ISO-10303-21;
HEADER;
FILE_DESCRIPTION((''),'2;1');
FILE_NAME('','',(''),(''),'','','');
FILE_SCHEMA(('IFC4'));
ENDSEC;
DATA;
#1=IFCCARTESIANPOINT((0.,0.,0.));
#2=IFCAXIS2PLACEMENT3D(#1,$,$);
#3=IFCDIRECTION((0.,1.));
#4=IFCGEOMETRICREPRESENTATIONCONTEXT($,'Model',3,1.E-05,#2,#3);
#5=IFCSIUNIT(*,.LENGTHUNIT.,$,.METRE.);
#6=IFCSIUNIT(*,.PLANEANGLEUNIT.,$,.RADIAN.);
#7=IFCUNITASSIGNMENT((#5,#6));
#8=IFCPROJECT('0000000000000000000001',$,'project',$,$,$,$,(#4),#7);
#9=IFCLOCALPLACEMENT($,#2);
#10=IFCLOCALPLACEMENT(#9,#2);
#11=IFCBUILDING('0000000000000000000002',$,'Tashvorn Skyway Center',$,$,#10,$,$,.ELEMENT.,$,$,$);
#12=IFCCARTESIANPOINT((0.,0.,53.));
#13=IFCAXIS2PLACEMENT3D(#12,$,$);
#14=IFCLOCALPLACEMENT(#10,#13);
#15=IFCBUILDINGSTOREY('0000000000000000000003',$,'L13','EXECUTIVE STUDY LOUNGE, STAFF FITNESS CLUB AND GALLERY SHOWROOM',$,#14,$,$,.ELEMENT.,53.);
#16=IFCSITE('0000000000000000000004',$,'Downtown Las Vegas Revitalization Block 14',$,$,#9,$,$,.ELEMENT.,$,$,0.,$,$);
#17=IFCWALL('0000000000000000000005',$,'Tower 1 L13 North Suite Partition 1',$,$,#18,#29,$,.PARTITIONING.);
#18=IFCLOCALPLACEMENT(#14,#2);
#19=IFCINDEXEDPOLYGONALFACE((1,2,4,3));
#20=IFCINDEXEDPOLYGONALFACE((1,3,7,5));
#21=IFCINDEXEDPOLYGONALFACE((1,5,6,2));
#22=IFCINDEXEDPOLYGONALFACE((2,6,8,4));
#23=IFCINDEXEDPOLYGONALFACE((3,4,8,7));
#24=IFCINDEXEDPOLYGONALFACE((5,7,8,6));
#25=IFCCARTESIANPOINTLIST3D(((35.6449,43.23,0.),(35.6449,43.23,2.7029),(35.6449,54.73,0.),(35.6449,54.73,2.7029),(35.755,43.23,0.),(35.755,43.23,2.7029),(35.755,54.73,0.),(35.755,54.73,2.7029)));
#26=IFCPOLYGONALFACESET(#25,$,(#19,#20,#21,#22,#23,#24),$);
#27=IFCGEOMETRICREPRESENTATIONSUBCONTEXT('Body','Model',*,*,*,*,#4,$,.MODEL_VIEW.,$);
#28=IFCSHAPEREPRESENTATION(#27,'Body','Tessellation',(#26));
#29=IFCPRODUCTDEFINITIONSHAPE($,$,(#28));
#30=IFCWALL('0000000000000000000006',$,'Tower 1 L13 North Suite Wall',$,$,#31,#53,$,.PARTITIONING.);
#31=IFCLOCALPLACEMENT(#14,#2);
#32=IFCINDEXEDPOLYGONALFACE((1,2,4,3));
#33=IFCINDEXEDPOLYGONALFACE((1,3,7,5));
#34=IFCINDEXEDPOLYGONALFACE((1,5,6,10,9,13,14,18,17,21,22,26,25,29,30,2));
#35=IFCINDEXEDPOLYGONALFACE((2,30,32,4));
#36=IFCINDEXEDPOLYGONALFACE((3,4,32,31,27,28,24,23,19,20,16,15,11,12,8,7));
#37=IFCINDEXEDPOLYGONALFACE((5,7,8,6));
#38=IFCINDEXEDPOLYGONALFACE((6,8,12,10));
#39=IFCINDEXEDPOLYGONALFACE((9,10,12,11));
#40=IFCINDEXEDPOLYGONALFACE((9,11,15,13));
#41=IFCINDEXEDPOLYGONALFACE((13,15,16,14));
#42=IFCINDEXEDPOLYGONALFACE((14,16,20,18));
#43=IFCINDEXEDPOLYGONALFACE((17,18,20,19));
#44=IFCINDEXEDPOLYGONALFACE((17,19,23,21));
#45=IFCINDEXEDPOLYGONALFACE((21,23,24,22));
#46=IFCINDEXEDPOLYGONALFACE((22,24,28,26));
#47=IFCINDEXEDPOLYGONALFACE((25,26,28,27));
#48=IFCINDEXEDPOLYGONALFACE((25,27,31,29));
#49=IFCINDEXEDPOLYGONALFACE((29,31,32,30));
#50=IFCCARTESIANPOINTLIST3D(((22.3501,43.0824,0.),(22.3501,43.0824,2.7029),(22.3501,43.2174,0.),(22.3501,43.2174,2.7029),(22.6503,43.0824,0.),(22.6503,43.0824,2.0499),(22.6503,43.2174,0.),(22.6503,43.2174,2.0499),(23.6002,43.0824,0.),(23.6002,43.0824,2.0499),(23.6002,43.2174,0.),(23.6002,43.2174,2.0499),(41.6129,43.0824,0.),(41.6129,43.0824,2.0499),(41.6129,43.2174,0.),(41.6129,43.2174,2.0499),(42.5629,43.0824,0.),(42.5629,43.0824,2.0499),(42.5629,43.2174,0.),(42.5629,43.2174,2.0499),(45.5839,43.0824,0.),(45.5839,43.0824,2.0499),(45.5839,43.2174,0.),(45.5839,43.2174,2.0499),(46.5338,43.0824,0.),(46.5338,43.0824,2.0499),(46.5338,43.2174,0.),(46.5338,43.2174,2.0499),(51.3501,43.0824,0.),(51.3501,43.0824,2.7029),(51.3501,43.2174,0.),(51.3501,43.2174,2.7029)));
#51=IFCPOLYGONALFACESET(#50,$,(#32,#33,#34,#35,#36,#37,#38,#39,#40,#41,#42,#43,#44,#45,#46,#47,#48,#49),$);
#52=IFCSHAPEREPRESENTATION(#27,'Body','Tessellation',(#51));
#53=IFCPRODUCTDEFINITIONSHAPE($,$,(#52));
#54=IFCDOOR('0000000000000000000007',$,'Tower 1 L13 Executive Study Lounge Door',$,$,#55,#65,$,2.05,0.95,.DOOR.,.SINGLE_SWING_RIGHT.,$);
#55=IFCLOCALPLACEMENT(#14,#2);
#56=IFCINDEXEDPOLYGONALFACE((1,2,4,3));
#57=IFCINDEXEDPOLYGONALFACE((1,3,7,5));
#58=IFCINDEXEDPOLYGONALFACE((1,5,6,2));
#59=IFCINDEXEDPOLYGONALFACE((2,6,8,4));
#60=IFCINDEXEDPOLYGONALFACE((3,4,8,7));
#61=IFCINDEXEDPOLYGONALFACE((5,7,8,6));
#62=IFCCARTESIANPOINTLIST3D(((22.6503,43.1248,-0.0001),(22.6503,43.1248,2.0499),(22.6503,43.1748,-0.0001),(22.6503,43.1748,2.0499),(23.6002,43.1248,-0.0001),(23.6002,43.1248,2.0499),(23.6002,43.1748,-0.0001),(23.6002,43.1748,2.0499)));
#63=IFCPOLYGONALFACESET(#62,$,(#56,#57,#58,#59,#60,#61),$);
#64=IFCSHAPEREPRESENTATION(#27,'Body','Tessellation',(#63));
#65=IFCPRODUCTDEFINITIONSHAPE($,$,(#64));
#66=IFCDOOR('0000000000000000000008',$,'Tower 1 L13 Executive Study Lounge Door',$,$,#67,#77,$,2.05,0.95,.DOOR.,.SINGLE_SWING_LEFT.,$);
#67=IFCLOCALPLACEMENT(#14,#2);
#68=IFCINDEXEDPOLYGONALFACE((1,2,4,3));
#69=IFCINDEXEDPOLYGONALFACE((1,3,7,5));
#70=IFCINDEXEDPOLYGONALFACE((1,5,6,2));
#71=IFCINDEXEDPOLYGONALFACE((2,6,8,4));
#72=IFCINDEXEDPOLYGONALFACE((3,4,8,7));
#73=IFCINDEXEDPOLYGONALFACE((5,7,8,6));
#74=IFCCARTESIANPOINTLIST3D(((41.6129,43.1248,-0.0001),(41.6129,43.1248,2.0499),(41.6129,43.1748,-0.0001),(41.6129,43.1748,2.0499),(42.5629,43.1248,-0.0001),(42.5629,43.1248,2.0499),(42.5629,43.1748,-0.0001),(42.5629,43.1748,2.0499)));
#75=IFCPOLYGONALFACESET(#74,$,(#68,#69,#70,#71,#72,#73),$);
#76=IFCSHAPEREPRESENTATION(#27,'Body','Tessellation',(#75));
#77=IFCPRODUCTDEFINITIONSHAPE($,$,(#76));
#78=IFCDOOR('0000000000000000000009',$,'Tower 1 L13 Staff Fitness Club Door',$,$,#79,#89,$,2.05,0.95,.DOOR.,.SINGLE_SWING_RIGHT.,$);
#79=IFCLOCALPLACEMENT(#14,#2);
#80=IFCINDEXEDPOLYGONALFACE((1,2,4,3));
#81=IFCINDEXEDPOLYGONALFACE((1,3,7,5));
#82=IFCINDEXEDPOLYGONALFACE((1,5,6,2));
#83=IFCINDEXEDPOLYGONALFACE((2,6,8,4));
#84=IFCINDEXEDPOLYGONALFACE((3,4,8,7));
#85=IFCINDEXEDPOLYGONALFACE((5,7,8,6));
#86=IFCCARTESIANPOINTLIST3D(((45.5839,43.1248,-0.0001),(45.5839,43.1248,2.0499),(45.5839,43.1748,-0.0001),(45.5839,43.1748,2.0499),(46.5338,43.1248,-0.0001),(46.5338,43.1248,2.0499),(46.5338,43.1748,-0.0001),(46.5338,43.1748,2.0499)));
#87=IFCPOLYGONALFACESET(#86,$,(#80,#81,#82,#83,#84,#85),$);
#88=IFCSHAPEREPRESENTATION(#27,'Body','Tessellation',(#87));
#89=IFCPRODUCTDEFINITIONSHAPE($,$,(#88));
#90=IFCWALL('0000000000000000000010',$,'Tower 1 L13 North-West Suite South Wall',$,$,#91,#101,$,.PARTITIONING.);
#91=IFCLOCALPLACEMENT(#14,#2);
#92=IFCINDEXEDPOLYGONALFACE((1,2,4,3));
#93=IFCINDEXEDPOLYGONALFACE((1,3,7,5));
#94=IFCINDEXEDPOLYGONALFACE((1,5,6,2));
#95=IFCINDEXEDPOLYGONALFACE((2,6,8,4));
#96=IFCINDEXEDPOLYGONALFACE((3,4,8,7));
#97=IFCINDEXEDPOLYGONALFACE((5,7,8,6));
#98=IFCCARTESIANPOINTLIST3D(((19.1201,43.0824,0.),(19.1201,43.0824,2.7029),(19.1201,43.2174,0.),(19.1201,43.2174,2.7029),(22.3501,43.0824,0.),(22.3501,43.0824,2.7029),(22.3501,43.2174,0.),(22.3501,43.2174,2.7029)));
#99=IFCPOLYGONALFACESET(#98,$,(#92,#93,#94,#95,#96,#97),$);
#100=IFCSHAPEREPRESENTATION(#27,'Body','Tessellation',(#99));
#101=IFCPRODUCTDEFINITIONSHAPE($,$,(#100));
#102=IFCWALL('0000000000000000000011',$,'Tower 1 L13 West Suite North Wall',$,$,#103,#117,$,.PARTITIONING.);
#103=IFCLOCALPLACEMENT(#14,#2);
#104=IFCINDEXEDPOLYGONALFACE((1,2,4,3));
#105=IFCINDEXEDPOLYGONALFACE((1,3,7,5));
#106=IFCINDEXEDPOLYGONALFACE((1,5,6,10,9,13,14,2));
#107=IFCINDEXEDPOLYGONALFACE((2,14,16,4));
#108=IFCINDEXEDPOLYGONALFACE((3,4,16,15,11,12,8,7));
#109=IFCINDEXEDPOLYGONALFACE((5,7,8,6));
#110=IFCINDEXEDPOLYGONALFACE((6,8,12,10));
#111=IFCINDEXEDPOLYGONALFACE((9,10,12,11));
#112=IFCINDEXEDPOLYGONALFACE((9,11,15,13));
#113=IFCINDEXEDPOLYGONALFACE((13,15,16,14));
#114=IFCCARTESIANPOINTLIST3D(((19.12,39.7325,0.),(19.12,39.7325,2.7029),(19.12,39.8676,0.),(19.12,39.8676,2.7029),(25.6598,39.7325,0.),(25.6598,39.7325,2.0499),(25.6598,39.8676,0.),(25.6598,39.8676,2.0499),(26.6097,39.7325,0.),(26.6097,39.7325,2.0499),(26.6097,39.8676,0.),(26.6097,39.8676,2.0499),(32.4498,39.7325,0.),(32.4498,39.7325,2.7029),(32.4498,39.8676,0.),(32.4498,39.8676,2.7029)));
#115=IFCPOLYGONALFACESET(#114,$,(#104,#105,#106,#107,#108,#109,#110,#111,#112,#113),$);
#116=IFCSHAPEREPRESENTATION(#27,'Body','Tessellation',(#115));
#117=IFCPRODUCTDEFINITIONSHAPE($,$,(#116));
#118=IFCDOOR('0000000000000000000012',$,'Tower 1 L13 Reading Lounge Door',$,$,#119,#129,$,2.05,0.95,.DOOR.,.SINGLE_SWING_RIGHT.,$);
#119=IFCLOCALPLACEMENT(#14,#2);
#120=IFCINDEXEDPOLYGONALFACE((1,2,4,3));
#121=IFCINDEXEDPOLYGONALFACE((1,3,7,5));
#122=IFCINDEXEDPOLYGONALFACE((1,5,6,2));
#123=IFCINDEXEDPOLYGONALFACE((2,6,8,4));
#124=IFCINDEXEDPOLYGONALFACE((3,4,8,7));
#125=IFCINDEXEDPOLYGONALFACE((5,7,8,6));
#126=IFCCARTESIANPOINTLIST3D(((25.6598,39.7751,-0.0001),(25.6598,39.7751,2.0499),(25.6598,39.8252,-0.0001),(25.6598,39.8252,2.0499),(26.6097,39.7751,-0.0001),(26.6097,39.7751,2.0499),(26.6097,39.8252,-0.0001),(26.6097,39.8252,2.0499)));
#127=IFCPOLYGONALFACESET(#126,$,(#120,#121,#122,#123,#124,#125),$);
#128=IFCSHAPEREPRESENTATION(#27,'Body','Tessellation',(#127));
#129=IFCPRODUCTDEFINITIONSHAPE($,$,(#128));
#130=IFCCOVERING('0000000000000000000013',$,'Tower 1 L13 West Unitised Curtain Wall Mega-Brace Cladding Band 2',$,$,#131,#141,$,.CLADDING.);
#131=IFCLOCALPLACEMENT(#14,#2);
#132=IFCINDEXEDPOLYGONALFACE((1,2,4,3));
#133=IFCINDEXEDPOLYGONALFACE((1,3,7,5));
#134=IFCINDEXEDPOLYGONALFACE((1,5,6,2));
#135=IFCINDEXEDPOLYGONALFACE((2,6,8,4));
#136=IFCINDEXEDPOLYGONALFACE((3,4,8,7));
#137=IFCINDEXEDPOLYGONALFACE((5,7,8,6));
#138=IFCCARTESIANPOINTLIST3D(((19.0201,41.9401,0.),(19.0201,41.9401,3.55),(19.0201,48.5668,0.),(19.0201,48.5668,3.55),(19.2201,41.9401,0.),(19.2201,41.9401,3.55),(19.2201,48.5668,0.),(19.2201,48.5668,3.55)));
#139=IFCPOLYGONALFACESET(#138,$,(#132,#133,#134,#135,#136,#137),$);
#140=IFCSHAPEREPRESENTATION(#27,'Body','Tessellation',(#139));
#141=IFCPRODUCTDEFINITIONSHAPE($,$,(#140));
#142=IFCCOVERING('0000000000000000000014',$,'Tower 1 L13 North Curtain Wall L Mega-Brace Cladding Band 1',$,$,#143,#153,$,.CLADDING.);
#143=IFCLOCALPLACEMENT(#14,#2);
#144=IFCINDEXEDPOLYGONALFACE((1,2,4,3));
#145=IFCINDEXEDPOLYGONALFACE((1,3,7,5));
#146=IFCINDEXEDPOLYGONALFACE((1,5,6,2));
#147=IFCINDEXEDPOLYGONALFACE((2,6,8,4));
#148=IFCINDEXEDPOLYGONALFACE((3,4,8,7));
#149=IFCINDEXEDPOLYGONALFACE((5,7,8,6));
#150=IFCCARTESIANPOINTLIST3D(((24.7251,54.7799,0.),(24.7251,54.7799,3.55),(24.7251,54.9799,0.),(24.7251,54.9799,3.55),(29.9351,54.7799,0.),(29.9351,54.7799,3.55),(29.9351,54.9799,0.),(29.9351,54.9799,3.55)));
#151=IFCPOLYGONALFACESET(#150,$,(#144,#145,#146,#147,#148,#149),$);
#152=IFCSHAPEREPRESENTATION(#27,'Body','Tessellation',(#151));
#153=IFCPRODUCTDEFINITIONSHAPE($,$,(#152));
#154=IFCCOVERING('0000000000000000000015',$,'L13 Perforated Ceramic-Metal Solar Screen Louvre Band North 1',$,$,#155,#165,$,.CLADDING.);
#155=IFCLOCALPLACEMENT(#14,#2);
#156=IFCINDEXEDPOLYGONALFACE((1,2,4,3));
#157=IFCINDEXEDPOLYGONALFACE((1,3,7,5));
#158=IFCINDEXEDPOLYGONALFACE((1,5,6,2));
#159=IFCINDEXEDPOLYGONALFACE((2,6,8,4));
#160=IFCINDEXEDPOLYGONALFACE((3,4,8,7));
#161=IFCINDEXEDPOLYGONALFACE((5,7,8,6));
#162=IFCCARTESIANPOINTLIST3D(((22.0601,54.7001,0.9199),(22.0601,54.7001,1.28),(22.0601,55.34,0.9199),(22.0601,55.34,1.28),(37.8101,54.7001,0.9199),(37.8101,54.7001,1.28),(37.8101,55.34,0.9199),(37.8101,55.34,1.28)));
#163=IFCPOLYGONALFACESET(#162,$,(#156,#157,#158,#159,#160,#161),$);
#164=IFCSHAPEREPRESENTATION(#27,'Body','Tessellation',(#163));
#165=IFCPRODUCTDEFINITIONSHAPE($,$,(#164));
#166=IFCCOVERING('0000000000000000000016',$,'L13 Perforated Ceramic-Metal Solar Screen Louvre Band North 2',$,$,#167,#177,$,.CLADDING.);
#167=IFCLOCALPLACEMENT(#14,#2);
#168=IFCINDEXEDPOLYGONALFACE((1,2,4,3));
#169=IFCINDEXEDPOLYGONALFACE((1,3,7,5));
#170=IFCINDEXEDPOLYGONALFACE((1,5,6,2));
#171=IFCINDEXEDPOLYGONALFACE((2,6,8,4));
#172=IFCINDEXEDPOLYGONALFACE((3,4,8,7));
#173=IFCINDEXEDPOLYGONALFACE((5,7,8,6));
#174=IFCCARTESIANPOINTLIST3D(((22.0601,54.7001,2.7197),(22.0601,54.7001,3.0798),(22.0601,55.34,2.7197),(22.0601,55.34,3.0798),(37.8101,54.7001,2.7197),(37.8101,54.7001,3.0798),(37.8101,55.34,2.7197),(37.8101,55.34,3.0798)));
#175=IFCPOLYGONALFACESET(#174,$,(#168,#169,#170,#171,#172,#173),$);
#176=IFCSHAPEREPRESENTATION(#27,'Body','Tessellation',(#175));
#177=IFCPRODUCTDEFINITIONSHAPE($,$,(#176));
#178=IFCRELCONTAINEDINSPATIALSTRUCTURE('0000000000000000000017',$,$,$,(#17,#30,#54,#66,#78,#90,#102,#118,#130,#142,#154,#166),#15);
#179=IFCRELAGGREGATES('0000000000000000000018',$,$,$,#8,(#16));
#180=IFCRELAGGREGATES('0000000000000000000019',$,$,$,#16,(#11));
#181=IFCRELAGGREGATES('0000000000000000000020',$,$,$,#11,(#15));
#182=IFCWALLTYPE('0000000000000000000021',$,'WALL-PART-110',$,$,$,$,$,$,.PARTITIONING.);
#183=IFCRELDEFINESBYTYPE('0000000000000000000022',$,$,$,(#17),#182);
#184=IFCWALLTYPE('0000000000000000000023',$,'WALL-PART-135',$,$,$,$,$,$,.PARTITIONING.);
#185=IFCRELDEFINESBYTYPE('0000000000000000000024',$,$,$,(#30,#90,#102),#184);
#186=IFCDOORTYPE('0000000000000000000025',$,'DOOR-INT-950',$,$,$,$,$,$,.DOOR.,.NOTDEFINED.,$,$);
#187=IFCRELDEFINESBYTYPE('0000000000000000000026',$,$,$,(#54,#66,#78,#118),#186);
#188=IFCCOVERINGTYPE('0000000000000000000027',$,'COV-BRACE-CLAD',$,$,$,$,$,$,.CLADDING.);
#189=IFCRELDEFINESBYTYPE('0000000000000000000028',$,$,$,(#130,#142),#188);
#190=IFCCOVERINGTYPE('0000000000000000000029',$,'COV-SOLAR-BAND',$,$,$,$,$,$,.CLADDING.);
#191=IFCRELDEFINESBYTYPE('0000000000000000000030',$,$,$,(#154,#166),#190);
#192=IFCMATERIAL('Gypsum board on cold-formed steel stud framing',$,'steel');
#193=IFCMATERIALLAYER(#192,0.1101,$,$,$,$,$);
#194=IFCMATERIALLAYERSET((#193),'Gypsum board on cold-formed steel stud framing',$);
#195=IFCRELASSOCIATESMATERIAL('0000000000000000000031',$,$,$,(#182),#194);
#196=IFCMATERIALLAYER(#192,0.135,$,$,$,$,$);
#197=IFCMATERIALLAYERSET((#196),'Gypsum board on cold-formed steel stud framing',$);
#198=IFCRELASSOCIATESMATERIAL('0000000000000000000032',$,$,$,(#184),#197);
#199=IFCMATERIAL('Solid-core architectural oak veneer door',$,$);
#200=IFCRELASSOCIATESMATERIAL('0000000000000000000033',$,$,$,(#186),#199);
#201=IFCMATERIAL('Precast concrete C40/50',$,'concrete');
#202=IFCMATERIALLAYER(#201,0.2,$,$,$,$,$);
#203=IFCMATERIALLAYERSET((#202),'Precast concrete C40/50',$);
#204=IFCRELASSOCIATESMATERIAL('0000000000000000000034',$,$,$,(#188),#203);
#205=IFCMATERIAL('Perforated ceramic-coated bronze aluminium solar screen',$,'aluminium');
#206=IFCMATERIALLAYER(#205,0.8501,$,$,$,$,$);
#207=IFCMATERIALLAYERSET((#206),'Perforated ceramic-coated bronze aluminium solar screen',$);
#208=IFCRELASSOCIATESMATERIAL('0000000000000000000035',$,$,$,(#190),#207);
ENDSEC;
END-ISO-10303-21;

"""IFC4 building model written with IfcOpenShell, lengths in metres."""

from ifc_helpers import new_model, si_unit, direction, frame, frame_2d, origin, origin_2d, place, context, subcontext, project, spatial, rectangle, extrude, material, layer, layer_set, type_object, element, fill, save


model = new_model("IFC4")

# Units and contexts
model_context = context("Model", 3, precision=1e-05, world=origin(), true_north=direction((0.0, 1.0)))
body_context = subcontext(model_context, "Body", "Model", "MODEL_VIEW")
ifc_project = project(units=[si_unit("LENGTHUNIT", "METRE"), si_unit("PLANEANGLEUNIT", "RADIAN")], contexts=[model_context])

# Site, building, storey
site_placement = place(None, origin())
site = spatial("IfcSite", under=ifc_project, at=site_placement, Name="Downtown Las Vegas Revitalization Block 14", CompositionType="ELEMENT", RefElevation=0.0)
building_placement = place(site_placement, origin())
building = spatial("IfcBuilding", under=site, at=building_placement, Name="Tashvorn Skyway Center", CompositionType="ELEMENT")
storey_placement = place(building_placement, frame((0.0, 0.0, 53.0)))
storey = spatial("IfcBuildingStorey", under=building, at=storey_placement, Name="L13", Description="EXECUTIVE STUDY LOUNGE, STAFF FITNESS CLUB AND GALLERY SHOWROOM", CompositionType="ELEMENT", Elevation=53.0)

# Wall
ifc_material_1 = material(Name="Precast concrete C40/50", Category="concrete")
ifc_material_2 = material(Name="Gypsum board on cold-formed steel stud framing", Category="steel")
ifc_layer_1 = layer(ifc_material_2, 0.1101)
ifc_layer_set_1 = layer_set([ifc_layer_1], Name="Gypsum board on cold-formed steel stud framing")
wall_type_1 = type_object("IfcWallType", Name="WALL-PART-110", PredefinedType="PARTITIONING", material=ifc_layer_set_1)
wall_1_placement = place(storey_placement, frame((35.7, 43.23, 0.0), z_axis=(0.0, 0.0, 1.0), x_axis=(0.0, 1.0, 0.0)))
element("IfcWall", 1, at=wall_1_placement, inside=storey, type_object=wall_type_1, Name="Tower 1 L13 North Suite Partition 1", PredefinedType="PARTITIONING", context=body_context, shape_type="SweptSolid", body=[
    extrude(rectangle(XDim=11.5, YDim=0.1101, at=frame_2d((5.75, 0.0))), origin(), (0.0, 0.0, 1.0), 2.7029),
])

# Wall, openings, doors
ifc_layer_2 = layer(ifc_material_2, 0.135)
ifc_layer_set_2 = layer_set([ifc_layer_2], Name="Gypsum board on cold-formed steel stud framing")
wall_type_2 = type_object("IfcWallType", Name="WALL-PART-135", PredefinedType="PARTITIONING", material=ifc_layer_set_2)
wall_2_placement = place(storey_placement, frame((22.3501, 43.1499, 0.0), z_axis=(0.0, 0.0, 1.0), x_axis=(1.0, 0.0, 0.0)))
wall_2 = element("IfcWall", 2, at=wall_2_placement, inside=storey, type_object=wall_type_2, Name="Tower 1 L13 North Suite Wall", PredefinedType="PARTITIONING", context=body_context, shape_type="SweptSolid", body=[
    extrude(rectangle(XDim=29.0, YDim=0.135, at=frame_2d((14.5, 0.0))), origin(), (0.0, 0.0, 1.0), 2.7029),
])
opening_1_placement = place(wall_2_placement, frame((0.3, 0.0, 0.0)))
opening_1 = element("IfcOpeningElement", 3, at=opening_1_placement, cuts=wall_2, PredefinedType="OPENING", context=body_context, shape_type="SweptSolid", body=[
    extrude(rectangle(XDim=0.95, YDim=2.05, at=frame_2d((0.4751, 1.0249))), frame((0.0, 0.0774, 0.0), z_axis=(0.0, -1.0, 0.0), x_axis=(1.0, 0.0, 0.0)), (0.0, 0.0, 1.0), 0.155),
])
opening_2_placement = place(wall_2_placement, frame((19.2627, 0.0, 0.0)))
opening_2 = element("IfcOpeningElement", 4, at=opening_2_placement, cuts=wall_2, PredefinedType="OPENING", context=body_context, shape_type="SweptSolid", body=[
    extrude(rectangle(XDim=0.95, YDim=2.05, at=frame_2d((0.4751, 1.0249))), frame((0.0, 0.0774, 0.0), z_axis=(0.0, -1.0, 0.0), x_axis=(1.0, 0.0, 0.0)), (0.0, 0.0, 1.0), 0.155),
])
opening_3_placement = place(wall_2_placement, frame((23.2336, 0.0, 0.0)))
opening_3 = element("IfcOpeningElement", 5, at=opening_3_placement, cuts=wall_2, PredefinedType="OPENING", context=body_context, shape_type="SweptSolid", body=[
    extrude(rectangle(XDim=0.95, YDim=2.05, at=frame_2d((0.4751, 1.0249))), frame((0.0, 0.0774, 0.0), z_axis=(0.0, -1.0, 0.0), x_axis=(1.0, 0.0, 0.0)), (0.0, 0.0, 1.0), 0.155),
])
ifc_material_3 = material(Name="Solid-core architectural oak veneer door")
door_type = type_object("IfcDoorType", Name="DOOR-INT-950", OperationType="NOTDEFINED", PredefinedType="DOOR", material=ifc_material_3)
door_1_placement = place(opening_1_placement, origin())
door_1 = element("IfcDoor", 6, at=door_1_placement, inside=storey, type_object=door_type, Name="Tower 1 L13 Executive Study Lounge Door", OperationType="SINGLE_SWING_RIGHT", OverallHeight=2.05, OverallWidth=0.95, PredefinedType="DOOR", context=body_context, shape_type="SweptSolid", body=[
    extrude(rectangle(XDim=0.95, YDim=2.05, at=frame_2d((0.4751, 1.0249))), frame((0.0, 0.0249, 0.0), z_axis=(0.0, -1.0, 0.0), x_axis=(1.0, 0.0, 0.0)), (0.0, 0.0, 1.0), 0.05),
])
fill(opening_1, door_1)
door_2_placement = place(opening_2_placement, origin())
door_2 = element("IfcDoor", 7, at=door_2_placement, inside=storey, type_object=door_type, Name="Tower 1 L13 Executive Study Lounge Door", OperationType="SINGLE_SWING_LEFT", OverallHeight=2.05, OverallWidth=0.95, PredefinedType="DOOR", context=body_context, shape_type="SweptSolid", body=[
    extrude(rectangle(XDim=0.95, YDim=2.05, at=frame_2d((0.4751, 1.0249))), frame((0.0, 0.0249, 0.0), z_axis=(0.0, -1.0, 0.0), x_axis=(1.0, 0.0, 0.0)), (0.0, 0.0, 1.0), 0.05),
])
fill(opening_2, door_2)
door_3_placement = place(opening_3_placement, origin())
door_3 = element("IfcDoor", 8, at=door_3_placement, inside=storey, type_object=door_type, Name="Tower 1 L13 Staff Fitness Club Door", OperationType="SINGLE_SWING_RIGHT", OverallHeight=2.05, OverallWidth=0.95, PredefinedType="DOOR", context=body_context, shape_type="SweptSolid", body=[
    extrude(rectangle(XDim=0.95, YDim=2.05, at=frame_2d((0.4751, 1.0249))), frame((0.0, 0.0249, 0.0), z_axis=(0.0, -1.0, 0.0), x_axis=(1.0, 0.0, 0.0)), (0.0, 0.0, 1.0), 0.05),
])
fill(opening_3, door_3)

# Wall
wall_3_placement = place(storey_placement, frame((19.1201, 43.1499, 0.0), z_axis=(0.0, 0.0, 1.0), x_axis=(1.0, 0.0, 0.0)))
element("IfcWall", 9, at=wall_3_placement, inside=storey, type_object=wall_type_2, Name="Tower 1 L13 North-West Suite South Wall", PredefinedType="PARTITIONING", context=body_context, shape_type="SweptSolid", body=[
    extrude(rectangle(XDim=3.23, YDim=0.135, at=frame_2d((1.615, 0.0))), origin(), (0.0, 0.0, 1.0), 2.7029),
])

# Wall, opening, door
wall_4_placement = place(storey_placement, frame((32.45, 39.8, 0.0), z_axis=(0.0, 0.0, 1.0), x_axis=(-1.0, 0.0, 0.0)))
wall_4 = element("IfcWall", 10, at=wall_4_placement, inside=storey, type_object=wall_type_2, Name="Tower 1 L13 West Suite North Wall", PredefinedType="PARTITIONING", context=body_context, shape_type="SweptSolid", body=[
    extrude(rectangle(XDim=13.3298, YDim=0.135, at=frame_2d((6.665, 0.0))), origin(), (0.0, 0.0, 1.0), 2.7029),
])
opening_4_placement = place(wall_4_placement, frame((5.8401, 0.0, 0.0)))
opening_4 = element("IfcOpeningElement", 11, at=opening_4_placement, cuts=wall_4, PredefinedType="OPENING", context=body_context, shape_type="SweptSolid", body=[
    extrude(rectangle(XDim=0.95, YDim=2.05, at=frame_2d((0.4751, 1.0249))), frame((0.0, 0.0774, 0.0), z_axis=(0.0, -1.0, 0.0), x_axis=(1.0, 0.0, 0.0)), (0.0, 0.0, 1.0), 0.155),
])
door_4_placement = place(opening_4_placement, origin())
door_4 = element("IfcDoor", 12, at=door_4_placement, inside=storey, type_object=door_type, Name="Tower 1 L13 Reading Lounge Door", OperationType="SINGLE_SWING_RIGHT", OverallHeight=2.05, OverallWidth=0.95, PredefinedType="DOOR", context=body_context, shape_type="SweptSolid", body=[
    extrude(rectangle(XDim=0.95, YDim=2.05, at=frame_2d((0.4751, 1.0249))), frame((0.0, 0.0249, 0.0), z_axis=(0.0, -1.0, 0.0), x_axis=(1.0, 0.0, 0.0)), (0.0, 0.0, 1.0), 0.05),
])
fill(opening_4, door_4)

# Coverings
ifc_layer_3 = layer(ifc_material_1, 0.2)
ifc_layer_set_3 = layer_set([ifc_layer_3], Name="Precast concrete C40/50")
covering_type_1 = type_object("IfcCoveringType", Name="COV-BRACE-CLAD", PredefinedType="CLADDING", material=ifc_layer_set_3)
covering_1_placement = place(storey_placement, frame((19.1201, 45.2534, 0.0), z_axis=(0.0, 0.0, 1.0), x_axis=(0.0, 1.0, 0.0)))
element("IfcCovering", 13, at=covering_1_placement, inside=storey, type_object=covering_type_1, Name="Tower 1 L13 West Unitised Curtain Wall Mega-Brace Cladding Band 2", PredefinedType="CLADDING", context=body_context, shape_type="SweptSolid", body=[
    extrude(rectangle(XDim=6.6267, YDim=0.2, at=origin_2d()), origin(), (0.0, 0.0, 1.0), 3.55),
])
covering_2_placement = place(storey_placement, frame((27.3301, 54.8799, 0.0), z_axis=(0.0, 0.0, 1.0), x_axis=(1.0, 0.0, 0.0)))
element("IfcCovering", 14, at=covering_2_placement, inside=storey, type_object=covering_type_1, Name="Tower 1 L13 North Curtain Wall L Mega-Brace Cladding Band 1", PredefinedType="CLADDING", context=body_context, shape_type="SweptSolid", body=[
    extrude(rectangle(XDim=5.21, YDim=0.2, at=origin_2d()), origin(), (0.0, 0.0, 1.0), 3.55),
])
ifc_material_4 = material(Name="Perforated ceramic-coated bronze aluminium solar screen", Category="aluminium")
ifc_layer_4 = layer(ifc_material_4, 0.8501)
ifc_layer_set_4 = layer_set([ifc_layer_4], Name="Perforated ceramic-coated bronze aluminium solar screen")
covering_type_2 = type_object("IfcCoveringType", Name="COV-SOLAR-BAND", PredefinedType="CLADDING", material=ifc_layer_set_4)
for number, where, z_axis, x_axis, name in (
    (15, (29.9351, 55.02, 0.9199), (0.0, 0.0, 1.0), (1.0, 0.0, 0.0), "L13 Perforated Ceramic-Metal Solar Screen Louvre Band North 1"),
    (16, (29.9351, 55.02, 2.7197), (0.0, 0.0, 1.0), (1.0, 0.0, 0.0), "L13 Perforated Ceramic-Metal Solar Screen Louvre Band North 2"),
):
    element("IfcCovering", number, at=place(storey_placement, frame(where, z_axis=z_axis, x_axis=x_axis)), inside=storey, type_object=covering_type_2, Name=name, PredefinedType="CLADDING", context=body_context, shape_type="SweptSolid", body=[
        extrude(rectangle(XDim=15.75, YDim=0.6399, at=origin_2d()), origin(), (0.0, 0.0, 1.0), 0.3601),
    ])

save(model, "model.ifc")
